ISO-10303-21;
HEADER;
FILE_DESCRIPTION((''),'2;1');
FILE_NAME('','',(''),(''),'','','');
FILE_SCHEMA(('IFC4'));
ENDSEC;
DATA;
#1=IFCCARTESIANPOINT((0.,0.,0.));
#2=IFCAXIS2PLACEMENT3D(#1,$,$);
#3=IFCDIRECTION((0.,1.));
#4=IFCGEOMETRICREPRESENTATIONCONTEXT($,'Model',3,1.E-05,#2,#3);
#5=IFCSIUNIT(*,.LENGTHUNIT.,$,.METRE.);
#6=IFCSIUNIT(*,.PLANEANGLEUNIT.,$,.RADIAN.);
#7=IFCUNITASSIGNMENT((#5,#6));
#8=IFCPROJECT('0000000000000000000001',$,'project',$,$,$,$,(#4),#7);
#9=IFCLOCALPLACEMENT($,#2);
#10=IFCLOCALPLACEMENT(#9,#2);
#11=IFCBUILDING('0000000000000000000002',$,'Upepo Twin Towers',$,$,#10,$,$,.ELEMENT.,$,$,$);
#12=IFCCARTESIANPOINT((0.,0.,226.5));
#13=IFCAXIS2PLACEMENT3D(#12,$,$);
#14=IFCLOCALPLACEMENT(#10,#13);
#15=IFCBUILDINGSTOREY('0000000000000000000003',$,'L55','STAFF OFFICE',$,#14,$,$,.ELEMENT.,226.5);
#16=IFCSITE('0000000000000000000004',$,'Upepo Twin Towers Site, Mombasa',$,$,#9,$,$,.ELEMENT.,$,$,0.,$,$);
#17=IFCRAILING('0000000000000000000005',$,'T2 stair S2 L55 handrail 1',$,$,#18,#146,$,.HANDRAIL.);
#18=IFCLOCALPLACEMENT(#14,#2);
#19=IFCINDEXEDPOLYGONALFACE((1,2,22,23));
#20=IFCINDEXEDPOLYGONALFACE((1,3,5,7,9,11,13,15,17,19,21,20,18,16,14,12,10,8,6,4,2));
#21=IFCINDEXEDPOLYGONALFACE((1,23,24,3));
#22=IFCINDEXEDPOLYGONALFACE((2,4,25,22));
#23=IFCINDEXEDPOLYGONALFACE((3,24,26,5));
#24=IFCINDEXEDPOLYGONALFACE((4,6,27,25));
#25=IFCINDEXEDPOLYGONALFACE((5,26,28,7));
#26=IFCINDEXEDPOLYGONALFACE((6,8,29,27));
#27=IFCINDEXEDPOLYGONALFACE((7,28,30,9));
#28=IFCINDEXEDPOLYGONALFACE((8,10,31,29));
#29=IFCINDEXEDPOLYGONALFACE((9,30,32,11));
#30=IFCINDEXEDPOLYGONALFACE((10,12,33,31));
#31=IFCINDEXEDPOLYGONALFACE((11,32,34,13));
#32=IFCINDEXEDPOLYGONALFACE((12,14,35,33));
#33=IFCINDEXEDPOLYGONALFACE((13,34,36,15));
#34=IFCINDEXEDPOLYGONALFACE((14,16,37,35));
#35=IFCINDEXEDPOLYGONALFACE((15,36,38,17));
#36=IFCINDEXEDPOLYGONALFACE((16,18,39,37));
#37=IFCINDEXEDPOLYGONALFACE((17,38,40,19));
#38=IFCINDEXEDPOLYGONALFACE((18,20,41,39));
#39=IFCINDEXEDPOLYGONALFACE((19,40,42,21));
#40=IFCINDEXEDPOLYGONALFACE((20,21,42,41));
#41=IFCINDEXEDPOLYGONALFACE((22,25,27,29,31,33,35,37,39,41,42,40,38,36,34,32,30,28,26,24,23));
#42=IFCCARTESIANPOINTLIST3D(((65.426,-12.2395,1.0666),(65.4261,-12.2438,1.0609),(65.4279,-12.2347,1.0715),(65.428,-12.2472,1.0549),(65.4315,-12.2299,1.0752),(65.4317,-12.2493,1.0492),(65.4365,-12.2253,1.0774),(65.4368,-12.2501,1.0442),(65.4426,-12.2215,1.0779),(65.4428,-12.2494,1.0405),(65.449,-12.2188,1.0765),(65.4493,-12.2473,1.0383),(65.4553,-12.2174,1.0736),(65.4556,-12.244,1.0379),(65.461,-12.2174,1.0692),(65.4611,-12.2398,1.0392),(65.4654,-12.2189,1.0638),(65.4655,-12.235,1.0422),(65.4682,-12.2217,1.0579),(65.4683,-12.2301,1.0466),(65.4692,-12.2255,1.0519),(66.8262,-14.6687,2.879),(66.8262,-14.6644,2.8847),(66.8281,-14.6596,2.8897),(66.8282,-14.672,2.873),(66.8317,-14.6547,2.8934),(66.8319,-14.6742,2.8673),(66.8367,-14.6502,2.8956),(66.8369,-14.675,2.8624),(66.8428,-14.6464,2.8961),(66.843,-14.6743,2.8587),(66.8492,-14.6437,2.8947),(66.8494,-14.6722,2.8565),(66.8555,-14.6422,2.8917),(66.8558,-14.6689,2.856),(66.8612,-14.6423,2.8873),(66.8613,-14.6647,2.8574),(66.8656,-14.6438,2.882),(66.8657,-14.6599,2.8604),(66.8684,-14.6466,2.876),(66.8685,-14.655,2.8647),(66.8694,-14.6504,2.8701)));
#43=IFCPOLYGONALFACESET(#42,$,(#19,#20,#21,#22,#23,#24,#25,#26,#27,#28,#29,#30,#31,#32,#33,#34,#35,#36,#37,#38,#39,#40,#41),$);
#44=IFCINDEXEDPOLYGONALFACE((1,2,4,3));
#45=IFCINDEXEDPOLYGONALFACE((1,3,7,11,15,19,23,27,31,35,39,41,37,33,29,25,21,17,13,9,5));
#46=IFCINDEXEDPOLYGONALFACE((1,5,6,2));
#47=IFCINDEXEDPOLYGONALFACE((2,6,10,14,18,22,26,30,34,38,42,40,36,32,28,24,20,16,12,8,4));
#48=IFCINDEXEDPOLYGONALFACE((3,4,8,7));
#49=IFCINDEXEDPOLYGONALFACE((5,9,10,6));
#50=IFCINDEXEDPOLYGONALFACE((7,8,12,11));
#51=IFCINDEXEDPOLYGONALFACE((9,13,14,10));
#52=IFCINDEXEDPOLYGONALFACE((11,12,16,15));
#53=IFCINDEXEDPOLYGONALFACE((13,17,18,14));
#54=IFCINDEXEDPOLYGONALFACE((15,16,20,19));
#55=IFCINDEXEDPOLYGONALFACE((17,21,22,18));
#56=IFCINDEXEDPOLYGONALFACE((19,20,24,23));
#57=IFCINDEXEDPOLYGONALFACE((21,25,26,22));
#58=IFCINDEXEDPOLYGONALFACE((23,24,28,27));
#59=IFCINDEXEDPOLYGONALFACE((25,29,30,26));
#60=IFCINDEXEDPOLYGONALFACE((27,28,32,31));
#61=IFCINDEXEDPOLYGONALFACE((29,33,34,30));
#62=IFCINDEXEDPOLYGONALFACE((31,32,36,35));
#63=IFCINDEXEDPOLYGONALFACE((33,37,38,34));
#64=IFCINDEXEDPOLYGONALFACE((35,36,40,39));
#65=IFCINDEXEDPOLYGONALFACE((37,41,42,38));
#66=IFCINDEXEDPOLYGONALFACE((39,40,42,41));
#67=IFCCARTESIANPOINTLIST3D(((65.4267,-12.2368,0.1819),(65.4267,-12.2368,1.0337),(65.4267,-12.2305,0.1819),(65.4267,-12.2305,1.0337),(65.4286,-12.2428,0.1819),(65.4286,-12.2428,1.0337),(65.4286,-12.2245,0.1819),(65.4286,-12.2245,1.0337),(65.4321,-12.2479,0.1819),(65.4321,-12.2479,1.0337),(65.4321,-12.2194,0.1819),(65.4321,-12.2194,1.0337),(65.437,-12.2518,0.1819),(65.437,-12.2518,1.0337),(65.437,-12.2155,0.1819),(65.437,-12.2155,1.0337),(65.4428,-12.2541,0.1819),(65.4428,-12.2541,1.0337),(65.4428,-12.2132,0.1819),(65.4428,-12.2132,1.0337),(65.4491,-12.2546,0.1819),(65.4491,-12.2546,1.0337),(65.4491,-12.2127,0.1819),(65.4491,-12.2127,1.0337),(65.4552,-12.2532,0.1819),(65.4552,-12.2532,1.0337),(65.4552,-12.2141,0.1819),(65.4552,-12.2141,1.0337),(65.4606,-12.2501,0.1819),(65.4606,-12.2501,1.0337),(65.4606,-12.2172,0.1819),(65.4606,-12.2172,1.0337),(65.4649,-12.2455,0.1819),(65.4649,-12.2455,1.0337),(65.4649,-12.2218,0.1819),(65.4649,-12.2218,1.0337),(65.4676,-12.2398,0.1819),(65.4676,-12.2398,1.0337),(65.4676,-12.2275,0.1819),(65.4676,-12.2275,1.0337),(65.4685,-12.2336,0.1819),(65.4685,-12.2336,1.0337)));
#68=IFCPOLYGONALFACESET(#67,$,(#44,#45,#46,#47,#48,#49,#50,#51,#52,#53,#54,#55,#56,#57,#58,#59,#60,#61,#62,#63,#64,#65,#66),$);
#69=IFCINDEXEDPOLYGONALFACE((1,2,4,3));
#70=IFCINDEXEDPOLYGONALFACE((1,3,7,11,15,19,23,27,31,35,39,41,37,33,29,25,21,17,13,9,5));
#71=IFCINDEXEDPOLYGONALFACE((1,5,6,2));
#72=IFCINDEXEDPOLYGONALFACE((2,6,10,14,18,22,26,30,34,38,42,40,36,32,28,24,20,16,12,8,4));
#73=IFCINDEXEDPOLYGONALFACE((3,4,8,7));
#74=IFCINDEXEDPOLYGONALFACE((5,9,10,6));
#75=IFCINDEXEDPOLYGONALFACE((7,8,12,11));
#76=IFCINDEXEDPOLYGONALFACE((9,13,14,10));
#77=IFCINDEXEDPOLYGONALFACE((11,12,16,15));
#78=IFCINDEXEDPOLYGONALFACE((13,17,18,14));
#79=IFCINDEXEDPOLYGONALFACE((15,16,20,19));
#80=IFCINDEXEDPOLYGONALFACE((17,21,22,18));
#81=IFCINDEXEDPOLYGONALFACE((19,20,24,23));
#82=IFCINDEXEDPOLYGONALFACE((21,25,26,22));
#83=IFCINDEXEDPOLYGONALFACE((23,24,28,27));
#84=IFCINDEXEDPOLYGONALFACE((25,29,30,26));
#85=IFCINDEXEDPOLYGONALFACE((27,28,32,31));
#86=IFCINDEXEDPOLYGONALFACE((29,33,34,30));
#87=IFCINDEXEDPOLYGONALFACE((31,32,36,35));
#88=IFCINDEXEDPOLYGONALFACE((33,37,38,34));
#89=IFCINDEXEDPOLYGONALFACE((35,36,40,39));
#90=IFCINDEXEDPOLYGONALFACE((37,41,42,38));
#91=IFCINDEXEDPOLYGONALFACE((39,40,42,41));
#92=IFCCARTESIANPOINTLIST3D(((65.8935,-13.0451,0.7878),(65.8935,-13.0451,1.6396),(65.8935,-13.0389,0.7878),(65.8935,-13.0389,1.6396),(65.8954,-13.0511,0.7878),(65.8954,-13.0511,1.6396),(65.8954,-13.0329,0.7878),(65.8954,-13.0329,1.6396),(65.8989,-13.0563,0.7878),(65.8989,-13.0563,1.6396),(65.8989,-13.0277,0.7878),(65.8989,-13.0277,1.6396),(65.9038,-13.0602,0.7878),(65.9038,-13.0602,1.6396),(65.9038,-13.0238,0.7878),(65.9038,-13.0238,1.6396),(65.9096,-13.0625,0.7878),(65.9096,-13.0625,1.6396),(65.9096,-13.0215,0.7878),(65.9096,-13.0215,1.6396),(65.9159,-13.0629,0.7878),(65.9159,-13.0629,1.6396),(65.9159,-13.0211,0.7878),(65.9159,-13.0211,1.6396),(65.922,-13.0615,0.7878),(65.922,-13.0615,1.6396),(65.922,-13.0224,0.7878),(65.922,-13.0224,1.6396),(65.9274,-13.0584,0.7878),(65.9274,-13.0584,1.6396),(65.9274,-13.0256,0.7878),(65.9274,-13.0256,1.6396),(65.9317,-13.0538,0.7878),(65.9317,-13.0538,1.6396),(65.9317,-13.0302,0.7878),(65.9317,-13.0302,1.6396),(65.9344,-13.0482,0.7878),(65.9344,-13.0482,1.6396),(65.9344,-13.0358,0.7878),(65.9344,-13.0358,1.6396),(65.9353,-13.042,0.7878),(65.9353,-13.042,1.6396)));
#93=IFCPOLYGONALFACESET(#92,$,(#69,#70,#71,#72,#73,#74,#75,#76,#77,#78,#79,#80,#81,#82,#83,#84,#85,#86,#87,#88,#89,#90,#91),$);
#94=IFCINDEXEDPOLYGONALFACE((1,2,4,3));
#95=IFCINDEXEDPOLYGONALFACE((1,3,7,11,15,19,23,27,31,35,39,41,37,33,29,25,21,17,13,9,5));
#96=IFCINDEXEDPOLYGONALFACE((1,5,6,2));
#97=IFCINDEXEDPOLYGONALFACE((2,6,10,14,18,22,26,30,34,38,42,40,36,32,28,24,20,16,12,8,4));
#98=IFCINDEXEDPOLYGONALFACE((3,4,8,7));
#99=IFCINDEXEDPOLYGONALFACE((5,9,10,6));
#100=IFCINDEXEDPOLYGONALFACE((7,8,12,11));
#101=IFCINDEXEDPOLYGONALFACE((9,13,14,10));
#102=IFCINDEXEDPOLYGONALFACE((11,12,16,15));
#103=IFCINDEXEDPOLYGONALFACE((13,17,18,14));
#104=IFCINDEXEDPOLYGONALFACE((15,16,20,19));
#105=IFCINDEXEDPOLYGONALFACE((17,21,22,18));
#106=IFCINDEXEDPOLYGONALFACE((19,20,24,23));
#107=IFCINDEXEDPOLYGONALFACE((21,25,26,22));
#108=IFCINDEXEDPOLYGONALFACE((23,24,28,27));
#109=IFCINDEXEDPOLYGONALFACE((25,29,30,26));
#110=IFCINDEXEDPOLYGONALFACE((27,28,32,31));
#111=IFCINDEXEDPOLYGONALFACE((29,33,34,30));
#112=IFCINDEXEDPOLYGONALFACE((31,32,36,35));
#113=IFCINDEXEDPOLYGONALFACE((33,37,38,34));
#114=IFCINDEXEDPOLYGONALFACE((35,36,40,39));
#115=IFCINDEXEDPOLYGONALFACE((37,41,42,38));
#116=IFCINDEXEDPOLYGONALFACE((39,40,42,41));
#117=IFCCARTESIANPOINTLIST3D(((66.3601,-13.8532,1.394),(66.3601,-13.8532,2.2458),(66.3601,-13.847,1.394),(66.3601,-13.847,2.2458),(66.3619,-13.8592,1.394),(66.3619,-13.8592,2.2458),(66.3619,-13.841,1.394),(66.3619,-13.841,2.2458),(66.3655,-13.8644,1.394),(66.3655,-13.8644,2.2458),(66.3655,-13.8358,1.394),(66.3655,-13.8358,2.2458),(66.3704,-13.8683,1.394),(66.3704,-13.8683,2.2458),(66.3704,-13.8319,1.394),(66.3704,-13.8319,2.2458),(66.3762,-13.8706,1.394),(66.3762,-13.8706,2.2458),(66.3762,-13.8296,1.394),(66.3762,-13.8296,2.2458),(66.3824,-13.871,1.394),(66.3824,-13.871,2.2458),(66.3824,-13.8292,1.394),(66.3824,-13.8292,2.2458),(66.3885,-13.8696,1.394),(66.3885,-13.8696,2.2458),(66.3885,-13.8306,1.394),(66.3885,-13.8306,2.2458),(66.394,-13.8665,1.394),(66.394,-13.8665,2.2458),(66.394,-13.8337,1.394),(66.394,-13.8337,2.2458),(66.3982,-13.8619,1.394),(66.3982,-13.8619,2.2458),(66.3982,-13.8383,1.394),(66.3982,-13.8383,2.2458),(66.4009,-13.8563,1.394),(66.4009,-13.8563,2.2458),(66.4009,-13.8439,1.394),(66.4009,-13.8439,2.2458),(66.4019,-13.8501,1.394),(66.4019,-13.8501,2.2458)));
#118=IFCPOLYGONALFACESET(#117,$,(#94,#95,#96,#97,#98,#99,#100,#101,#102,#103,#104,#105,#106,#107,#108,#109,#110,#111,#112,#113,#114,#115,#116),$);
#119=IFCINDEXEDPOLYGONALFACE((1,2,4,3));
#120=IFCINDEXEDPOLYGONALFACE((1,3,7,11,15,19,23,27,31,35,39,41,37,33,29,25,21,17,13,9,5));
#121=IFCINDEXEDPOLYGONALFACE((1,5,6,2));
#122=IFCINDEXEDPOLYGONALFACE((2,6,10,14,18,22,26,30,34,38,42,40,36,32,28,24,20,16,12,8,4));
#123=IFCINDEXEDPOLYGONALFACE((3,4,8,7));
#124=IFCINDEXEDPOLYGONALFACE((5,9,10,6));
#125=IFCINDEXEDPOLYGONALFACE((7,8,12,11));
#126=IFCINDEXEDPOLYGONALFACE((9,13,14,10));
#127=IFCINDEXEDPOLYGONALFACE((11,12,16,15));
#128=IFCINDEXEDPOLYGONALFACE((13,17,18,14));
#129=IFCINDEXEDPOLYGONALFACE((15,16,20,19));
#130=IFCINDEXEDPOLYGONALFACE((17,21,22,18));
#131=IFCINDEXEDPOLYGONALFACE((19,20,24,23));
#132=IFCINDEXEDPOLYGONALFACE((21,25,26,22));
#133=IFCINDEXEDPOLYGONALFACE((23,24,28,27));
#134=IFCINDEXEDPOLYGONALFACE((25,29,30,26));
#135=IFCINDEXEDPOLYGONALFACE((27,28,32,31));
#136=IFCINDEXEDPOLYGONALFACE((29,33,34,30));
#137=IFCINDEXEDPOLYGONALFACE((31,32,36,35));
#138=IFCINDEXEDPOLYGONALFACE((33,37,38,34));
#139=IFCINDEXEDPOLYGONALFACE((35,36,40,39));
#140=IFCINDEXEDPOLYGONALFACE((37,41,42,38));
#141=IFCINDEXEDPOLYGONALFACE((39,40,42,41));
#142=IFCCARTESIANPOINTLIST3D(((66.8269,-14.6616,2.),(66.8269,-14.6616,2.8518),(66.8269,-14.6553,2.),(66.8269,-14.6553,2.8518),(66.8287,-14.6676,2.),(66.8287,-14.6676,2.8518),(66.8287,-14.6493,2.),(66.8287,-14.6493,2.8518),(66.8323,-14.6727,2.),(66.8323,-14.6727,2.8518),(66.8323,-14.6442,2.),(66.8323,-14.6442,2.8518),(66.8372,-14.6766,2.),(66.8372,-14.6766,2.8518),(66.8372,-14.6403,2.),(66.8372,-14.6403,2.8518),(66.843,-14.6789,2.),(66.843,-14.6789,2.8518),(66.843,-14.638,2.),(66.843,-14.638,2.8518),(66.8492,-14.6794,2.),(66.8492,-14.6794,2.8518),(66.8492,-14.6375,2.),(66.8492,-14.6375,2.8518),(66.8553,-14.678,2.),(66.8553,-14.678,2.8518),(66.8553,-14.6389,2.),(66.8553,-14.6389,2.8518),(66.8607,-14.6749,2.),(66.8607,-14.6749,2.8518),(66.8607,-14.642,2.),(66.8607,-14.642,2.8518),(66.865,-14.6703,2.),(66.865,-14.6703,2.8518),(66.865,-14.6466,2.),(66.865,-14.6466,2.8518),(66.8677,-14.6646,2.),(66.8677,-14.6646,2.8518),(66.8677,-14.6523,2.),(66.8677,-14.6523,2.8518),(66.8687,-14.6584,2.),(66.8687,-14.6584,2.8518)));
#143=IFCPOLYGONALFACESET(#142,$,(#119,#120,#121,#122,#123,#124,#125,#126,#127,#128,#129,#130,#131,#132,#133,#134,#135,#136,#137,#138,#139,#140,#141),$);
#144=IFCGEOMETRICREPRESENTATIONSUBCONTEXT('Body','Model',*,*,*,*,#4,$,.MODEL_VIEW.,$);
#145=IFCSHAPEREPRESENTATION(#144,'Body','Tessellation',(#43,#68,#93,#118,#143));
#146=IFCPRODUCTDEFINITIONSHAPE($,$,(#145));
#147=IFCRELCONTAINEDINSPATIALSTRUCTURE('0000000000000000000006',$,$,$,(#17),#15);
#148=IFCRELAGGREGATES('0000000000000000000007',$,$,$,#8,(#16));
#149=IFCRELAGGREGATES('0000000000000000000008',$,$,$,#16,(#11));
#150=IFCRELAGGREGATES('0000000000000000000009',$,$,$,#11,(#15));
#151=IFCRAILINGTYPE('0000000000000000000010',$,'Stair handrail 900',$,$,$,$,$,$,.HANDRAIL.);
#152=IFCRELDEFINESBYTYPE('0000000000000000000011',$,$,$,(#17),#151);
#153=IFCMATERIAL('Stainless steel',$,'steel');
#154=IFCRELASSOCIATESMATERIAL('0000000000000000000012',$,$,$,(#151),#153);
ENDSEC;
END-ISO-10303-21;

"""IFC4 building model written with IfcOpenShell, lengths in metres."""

from ifc_helpers import new_model, si_unit, direction, frame, origin, origin_2d, place, context, subcontext, project, spatial, circle, extrude, material, type_object, element, save


model = new_model("IFC4")

# Units and contexts
model_context = context("Model", 3, precision=1e-05, world=origin(), true_north=direction((0.0, 1.0)))
body_context = subcontext(model_context, "Body", "Model", "MODEL_VIEW")
ifc_project = project(units=[si_unit("LENGTHUNIT", "METRE"), si_unit("PLANEANGLEUNIT", "RADIAN")], contexts=[model_context])

# Site, building, storey
site_placement = place(None, origin())
site = spatial("IfcSite", under=ifc_project, at=site_placement, Name="Upepo Twin Towers Site, Mombasa", CompositionType="ELEMENT", RefElevation=0.0)
building_placement = place(site_placement, origin())
building = spatial("IfcBuilding", under=site, at=building_placement, Name="Upepo Twin Towers", CompositionType="ELEMENT")
storey_placement = place(building_placement, frame((0.0, 0.0, 226.5)))
storey = spatial("IfcBuildingStorey", under=building, at=storey_placement, Name="L55", Description="STAFF OFFICE", CompositionType="ELEMENT", Elevation=226.5)

# Railing
ifc_material_1 = material(Name="Stainless steel", Category="steel")
railing_type = type_object("IfcRailingType", Name="Stair handrail 900", PredefinedType="HANDRAIL", material=ifc_material_1)
railing_1_placement = place(storey_placement, frame((65.4475, -12.2336, 0.1819)))
element("IfcRailing", 1, at=railing_1_placement, inside=storey, type_object=railing_type, Name="T2 stair S2 L55 handrail 1", PredefinedType="HANDRAIL", context=body_context, shape_type="SweptSolid", body=[
    extrude(circle(Radius=0.0239, at=origin_2d()), frame((0.0, 0.0, 0.876), z_axis=(0.419393, -0.726314, 0.544589), x_axis=(0.865997, 0.50005, 0.0)), (0.0, 0.0, 1.0), 3.3386),
    extrude(circle(Radius=0.021, at=origin_2d()), origin(), (0.0, 0.0, 1.0), 0.8518),
    extrude(circle(Radius=0.021, at=origin_2d()), frame((0.4668, -0.8083, 0.606)), (0.0, 0.0, 1.0), 0.8518),
    extrude(circle(Radius=0.021, at=origin_2d()), frame((0.9333, -1.6165, 1.2122)), (0.0, 0.0, 1.0), 0.8518),
    extrude(circle(Radius=0.021, at=origin_2d()), frame((1.4001, -2.4248, 1.8181)), (0.0, 0.0, 1.0), 0.8518),
])

save(model, "model.ifc")
